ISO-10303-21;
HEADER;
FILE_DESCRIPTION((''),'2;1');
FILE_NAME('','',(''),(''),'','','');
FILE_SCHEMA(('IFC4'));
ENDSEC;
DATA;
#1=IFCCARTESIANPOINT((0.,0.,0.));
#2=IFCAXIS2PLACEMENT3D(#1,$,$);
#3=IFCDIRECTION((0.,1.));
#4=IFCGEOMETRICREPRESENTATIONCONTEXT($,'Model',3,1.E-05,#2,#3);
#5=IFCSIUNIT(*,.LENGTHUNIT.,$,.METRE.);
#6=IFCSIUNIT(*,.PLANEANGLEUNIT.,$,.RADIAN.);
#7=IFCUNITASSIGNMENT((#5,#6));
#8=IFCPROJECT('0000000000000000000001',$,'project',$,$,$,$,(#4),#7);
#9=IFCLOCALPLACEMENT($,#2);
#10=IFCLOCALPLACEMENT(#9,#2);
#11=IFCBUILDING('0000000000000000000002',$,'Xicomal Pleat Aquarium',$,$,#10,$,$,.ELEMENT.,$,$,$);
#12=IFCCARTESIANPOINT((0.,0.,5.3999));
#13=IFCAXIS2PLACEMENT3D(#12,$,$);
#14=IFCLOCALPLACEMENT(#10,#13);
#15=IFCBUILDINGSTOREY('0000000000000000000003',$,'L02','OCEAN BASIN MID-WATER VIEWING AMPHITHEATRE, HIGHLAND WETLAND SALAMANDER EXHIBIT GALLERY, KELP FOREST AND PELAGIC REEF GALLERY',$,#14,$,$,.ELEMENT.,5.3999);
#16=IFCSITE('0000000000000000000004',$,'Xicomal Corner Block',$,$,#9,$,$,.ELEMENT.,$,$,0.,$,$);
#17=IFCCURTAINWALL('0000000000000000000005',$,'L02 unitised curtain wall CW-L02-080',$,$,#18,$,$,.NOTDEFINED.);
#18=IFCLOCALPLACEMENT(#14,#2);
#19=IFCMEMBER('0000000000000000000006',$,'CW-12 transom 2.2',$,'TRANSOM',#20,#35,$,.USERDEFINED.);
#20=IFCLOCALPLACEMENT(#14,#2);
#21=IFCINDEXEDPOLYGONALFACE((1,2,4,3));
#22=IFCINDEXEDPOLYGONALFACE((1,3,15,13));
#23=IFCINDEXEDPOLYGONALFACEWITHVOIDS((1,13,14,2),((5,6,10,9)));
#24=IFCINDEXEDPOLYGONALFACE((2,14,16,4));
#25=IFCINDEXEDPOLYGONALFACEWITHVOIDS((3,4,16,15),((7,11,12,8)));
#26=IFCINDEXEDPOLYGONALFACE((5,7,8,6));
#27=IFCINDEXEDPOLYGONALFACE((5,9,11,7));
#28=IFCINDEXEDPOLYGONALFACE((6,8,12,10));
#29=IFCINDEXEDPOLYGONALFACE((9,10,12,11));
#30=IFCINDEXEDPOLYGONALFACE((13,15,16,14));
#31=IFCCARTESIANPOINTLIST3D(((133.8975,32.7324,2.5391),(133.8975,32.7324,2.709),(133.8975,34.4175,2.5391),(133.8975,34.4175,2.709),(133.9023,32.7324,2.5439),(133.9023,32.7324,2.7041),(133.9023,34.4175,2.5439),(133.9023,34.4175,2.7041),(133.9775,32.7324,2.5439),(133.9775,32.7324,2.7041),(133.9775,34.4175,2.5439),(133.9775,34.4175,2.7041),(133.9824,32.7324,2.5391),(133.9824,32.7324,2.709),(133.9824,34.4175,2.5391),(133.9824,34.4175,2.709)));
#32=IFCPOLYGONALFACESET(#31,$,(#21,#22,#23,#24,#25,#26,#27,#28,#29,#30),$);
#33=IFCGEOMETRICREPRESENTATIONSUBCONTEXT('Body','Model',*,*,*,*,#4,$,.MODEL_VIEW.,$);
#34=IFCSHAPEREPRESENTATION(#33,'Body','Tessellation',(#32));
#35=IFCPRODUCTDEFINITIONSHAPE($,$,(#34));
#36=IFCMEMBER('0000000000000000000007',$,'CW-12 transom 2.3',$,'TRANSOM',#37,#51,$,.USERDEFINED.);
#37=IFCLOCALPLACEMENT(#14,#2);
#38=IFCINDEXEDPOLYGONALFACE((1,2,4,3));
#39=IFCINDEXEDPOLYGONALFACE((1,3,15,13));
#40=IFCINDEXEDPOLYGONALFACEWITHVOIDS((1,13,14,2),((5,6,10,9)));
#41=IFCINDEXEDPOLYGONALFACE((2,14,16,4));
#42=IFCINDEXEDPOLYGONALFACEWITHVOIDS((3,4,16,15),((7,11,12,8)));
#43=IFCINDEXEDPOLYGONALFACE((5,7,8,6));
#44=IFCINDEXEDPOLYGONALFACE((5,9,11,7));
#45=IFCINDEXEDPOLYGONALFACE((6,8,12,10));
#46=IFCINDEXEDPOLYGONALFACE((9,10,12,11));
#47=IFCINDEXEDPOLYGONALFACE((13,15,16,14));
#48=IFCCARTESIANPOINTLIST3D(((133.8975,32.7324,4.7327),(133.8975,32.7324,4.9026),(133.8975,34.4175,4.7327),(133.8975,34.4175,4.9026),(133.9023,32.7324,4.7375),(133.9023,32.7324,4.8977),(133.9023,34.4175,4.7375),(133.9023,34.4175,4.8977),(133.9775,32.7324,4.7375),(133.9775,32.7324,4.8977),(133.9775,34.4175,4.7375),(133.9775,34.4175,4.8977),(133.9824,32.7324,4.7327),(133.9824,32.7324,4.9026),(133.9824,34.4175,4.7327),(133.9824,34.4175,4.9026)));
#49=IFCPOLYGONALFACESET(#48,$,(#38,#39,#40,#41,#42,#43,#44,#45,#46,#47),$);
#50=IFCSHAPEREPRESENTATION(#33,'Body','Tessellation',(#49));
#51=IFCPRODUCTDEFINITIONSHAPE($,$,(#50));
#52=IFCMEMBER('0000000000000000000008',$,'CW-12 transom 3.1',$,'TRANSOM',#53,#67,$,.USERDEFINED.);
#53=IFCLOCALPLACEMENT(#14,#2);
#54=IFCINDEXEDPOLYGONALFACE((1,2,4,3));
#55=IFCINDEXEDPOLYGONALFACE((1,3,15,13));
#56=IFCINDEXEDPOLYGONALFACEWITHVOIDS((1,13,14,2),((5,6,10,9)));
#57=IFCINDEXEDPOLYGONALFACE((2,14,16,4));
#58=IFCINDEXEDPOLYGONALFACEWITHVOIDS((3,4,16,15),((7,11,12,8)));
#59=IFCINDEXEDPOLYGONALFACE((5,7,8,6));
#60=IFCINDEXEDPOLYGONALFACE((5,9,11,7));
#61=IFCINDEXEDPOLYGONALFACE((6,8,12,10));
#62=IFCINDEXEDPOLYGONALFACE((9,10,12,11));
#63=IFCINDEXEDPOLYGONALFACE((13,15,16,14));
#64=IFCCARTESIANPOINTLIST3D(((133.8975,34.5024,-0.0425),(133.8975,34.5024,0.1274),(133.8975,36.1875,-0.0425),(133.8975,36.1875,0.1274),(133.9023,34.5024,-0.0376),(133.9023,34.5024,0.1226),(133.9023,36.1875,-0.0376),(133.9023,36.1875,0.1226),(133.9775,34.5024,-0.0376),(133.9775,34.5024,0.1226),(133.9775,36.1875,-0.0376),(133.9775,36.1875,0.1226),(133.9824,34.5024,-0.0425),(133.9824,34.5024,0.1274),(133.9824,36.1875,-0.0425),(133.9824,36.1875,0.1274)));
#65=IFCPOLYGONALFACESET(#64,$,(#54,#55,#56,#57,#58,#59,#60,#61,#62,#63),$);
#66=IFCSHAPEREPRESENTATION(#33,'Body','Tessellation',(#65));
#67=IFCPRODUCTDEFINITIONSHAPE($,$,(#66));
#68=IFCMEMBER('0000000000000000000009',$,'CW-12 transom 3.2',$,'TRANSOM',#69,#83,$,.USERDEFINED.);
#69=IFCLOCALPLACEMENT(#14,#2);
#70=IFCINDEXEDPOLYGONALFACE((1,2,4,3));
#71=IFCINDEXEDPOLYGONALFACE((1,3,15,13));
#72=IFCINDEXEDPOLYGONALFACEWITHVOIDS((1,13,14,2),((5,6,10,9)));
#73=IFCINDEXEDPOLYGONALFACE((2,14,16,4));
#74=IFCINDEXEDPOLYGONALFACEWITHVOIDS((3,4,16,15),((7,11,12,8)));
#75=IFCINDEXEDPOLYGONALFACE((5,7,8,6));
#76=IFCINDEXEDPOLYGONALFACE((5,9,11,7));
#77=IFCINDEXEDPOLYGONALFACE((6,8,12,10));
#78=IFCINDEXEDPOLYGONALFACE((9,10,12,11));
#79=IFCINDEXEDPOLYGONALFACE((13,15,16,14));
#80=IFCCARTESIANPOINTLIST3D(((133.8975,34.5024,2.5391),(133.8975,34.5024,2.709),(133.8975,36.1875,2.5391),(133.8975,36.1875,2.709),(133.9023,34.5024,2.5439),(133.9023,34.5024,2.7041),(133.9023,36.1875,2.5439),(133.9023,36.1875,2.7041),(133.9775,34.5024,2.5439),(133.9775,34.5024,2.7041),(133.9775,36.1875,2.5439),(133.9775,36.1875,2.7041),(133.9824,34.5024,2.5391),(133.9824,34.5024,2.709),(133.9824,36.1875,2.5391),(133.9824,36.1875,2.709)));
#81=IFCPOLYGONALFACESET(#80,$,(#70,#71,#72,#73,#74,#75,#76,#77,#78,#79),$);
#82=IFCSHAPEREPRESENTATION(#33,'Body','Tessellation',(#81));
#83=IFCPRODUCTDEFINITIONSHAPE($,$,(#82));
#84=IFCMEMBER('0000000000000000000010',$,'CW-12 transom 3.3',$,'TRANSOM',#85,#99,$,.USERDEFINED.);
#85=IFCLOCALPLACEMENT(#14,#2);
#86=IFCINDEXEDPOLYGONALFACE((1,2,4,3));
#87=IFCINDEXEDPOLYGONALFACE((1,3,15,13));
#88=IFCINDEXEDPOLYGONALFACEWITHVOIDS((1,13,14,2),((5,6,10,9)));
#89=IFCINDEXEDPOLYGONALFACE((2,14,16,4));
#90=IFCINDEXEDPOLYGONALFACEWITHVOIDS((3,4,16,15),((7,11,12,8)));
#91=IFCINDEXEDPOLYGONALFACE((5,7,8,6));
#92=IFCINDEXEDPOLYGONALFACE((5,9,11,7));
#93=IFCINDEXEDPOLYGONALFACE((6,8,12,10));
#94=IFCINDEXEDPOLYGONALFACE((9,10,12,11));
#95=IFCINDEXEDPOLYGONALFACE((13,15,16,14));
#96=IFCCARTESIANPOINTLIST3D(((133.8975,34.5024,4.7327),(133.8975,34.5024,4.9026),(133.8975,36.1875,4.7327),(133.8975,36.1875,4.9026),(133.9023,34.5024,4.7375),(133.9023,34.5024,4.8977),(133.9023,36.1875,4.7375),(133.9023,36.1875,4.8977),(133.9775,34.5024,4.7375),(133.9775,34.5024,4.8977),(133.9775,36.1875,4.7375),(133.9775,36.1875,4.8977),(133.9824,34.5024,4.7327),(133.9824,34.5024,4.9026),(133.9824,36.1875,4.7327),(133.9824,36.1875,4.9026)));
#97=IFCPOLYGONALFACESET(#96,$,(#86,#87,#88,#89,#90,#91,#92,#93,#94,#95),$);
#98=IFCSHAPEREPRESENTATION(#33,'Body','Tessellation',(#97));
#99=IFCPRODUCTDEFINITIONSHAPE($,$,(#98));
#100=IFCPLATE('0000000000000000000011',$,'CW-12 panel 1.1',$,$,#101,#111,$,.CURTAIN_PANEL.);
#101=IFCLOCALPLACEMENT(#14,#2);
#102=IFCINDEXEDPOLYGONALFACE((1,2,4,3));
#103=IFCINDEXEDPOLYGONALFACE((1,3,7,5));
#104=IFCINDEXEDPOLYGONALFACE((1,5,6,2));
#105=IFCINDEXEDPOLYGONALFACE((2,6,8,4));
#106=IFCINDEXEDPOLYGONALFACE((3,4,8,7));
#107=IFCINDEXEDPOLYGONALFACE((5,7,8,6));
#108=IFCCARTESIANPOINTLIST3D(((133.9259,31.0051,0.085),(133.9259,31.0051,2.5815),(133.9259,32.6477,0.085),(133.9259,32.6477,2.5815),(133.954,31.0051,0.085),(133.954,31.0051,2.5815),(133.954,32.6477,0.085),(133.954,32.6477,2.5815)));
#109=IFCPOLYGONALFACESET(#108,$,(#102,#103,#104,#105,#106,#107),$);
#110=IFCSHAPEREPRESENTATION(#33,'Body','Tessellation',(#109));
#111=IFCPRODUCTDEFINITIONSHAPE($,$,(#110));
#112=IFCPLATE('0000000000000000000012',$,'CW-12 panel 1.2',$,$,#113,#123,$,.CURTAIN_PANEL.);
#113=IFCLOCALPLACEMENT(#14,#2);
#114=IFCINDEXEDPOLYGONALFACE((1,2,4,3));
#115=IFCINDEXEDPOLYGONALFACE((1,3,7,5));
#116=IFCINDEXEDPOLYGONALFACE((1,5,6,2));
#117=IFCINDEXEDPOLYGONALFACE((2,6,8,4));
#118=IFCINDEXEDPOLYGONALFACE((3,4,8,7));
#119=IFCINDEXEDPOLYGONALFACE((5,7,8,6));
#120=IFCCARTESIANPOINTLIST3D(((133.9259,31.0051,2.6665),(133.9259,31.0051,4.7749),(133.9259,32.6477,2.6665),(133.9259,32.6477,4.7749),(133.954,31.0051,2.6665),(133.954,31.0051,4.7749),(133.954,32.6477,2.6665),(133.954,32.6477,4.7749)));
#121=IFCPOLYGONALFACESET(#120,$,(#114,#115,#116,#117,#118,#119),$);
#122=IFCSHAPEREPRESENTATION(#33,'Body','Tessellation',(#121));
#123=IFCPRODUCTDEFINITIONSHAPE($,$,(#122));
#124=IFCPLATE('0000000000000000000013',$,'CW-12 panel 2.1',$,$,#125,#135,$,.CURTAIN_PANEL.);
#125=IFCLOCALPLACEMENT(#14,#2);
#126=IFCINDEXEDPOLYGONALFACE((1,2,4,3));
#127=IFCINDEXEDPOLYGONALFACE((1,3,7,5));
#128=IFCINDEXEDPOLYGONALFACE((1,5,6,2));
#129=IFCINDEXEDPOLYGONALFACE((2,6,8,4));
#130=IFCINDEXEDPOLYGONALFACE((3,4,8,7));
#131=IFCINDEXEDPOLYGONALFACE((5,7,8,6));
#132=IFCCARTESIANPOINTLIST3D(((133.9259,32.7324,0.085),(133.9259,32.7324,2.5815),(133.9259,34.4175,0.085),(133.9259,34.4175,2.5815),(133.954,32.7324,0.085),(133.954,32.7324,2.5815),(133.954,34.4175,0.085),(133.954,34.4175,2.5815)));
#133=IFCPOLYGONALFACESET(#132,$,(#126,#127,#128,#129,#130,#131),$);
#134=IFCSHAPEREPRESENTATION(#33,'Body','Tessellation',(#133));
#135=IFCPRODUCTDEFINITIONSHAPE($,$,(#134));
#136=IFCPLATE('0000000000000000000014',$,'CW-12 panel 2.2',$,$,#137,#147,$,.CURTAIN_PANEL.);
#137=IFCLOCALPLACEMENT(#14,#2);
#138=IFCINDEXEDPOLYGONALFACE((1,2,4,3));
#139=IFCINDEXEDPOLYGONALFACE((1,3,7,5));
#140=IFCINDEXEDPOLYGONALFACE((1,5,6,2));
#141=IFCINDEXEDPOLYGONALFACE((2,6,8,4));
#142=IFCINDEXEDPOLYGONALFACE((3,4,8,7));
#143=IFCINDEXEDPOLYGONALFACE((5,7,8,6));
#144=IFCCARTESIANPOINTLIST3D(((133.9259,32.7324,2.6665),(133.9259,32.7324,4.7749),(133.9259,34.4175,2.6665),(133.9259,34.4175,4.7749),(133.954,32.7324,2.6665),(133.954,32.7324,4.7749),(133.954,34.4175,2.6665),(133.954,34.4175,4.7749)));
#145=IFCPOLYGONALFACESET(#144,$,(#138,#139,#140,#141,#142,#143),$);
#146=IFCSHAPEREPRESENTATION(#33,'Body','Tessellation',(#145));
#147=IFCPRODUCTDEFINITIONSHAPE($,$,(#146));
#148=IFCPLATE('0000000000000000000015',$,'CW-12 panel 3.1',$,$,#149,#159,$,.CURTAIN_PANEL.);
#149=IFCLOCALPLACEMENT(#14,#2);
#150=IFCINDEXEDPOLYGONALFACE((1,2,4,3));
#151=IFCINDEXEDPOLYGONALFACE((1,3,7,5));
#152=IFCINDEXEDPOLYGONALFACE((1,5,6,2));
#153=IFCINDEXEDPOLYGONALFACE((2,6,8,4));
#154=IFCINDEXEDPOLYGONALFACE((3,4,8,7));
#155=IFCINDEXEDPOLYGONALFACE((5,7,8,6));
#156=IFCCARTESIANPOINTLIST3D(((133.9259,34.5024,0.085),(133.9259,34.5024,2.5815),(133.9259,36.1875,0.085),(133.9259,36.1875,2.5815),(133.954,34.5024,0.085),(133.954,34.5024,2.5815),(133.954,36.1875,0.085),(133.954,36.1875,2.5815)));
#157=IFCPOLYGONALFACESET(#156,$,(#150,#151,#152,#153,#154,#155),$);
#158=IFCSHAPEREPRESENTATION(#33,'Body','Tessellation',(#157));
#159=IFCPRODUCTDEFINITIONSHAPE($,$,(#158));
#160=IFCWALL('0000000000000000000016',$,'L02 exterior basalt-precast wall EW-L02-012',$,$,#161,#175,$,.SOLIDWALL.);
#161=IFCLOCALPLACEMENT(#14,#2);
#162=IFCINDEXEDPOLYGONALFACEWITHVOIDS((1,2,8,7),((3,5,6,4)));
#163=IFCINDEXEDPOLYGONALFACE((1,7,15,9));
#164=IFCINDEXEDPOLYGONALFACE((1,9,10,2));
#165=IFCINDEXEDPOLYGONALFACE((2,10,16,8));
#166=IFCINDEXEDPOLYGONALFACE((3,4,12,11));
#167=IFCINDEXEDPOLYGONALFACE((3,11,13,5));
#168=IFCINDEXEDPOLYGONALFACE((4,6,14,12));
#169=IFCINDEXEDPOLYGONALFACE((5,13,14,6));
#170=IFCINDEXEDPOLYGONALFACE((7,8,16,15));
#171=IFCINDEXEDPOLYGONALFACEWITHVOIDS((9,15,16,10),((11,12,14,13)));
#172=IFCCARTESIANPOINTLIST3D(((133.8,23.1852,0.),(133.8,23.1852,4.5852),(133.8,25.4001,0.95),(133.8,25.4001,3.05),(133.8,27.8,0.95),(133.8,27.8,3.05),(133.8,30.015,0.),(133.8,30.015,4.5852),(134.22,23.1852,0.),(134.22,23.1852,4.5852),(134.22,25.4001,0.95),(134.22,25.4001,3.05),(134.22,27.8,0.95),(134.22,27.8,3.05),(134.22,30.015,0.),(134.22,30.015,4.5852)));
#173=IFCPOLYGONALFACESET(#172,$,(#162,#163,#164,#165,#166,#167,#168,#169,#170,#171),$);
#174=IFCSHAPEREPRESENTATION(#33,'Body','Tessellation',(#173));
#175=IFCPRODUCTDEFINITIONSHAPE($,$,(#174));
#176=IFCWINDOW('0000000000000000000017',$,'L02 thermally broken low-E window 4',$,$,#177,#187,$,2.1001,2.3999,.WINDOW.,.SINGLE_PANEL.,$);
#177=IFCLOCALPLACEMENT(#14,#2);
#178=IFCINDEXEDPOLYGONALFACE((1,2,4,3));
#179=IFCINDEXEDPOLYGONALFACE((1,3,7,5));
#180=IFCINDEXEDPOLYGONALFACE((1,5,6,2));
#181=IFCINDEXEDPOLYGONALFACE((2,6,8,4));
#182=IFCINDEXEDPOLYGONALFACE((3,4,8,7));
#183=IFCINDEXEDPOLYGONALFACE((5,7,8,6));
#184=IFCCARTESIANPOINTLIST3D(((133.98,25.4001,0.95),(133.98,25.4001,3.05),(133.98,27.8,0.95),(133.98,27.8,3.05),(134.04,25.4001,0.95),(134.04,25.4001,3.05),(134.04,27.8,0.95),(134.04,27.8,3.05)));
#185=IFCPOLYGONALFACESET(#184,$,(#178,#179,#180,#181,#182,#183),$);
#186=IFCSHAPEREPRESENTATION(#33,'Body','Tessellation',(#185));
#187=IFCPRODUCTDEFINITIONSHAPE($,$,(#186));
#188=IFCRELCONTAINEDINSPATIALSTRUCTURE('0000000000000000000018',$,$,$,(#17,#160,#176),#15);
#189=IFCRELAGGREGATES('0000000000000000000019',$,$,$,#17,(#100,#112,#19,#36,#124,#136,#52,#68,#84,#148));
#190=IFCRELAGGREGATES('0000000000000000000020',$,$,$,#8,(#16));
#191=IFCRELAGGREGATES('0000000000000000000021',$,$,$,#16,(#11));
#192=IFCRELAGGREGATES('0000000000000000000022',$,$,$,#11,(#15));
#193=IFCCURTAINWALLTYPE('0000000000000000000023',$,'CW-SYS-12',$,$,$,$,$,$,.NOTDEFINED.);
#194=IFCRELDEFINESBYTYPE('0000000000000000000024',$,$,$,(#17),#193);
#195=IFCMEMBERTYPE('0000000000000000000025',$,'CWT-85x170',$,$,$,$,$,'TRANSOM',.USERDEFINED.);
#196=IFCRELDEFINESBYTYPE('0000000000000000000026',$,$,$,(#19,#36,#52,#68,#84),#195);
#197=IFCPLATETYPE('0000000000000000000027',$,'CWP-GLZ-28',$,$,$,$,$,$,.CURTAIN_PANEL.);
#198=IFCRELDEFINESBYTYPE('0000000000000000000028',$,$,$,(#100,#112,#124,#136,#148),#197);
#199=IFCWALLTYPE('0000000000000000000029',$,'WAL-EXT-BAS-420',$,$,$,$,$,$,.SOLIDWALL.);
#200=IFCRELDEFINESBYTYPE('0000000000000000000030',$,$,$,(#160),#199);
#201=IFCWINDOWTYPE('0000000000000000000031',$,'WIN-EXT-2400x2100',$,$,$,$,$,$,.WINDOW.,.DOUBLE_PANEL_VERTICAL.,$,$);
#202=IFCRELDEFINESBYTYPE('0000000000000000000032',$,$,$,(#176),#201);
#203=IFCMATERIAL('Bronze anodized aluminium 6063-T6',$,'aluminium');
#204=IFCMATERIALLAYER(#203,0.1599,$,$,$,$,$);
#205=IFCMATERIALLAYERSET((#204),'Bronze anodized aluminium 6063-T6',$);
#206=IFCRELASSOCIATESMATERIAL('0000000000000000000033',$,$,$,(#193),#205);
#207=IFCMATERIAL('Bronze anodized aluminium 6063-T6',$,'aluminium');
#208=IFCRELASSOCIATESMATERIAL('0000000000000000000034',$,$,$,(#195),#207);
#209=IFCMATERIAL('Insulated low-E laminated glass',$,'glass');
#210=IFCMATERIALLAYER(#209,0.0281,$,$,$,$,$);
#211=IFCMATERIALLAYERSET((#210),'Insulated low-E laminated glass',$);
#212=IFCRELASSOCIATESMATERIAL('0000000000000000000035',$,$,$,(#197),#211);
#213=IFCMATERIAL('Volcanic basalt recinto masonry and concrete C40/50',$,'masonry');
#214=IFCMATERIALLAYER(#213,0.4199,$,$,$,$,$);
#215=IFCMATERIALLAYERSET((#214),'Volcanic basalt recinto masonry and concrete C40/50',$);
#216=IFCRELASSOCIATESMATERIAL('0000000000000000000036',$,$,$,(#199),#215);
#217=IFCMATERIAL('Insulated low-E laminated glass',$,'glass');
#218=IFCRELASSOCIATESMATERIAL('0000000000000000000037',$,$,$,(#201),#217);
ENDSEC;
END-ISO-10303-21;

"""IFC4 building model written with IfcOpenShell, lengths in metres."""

from ifc_helpers import new_model, si_unit, direction, frame, frame_2d, origin, origin_2d, place, context, subcontext, project, spatial, rectangle, hollow_rectangle, extrude, material, layer, layer_set, material_profile, profile_set, type_object, element, fill, aggregate, save


model = new_model("IFC4")

# Units and contexts
model_context = context("Model", 3, precision=1e-05, world=origin(), true_north=direction((0.0, 1.0)))
body_context = subcontext(model_context, "Body", "Model", "MODEL_VIEW")
ifc_project = project(units=[si_unit("LENGTHUNIT", "METRE"), si_unit("PLANEANGLEUNIT", "RADIAN")], contexts=[model_context])

# Site, building, storey
site_placement = place(None, origin())
site = spatial("IfcSite", under=ifc_project, at=site_placement, Name="Xicomal Corner Block", CompositionType="ELEMENT", RefElevation=0.0)
building_placement = place(site_placement, origin())
building = spatial("IfcBuilding", under=site, at=building_placement, Name="Xicomal Pleat Aquarium", CompositionType="ELEMENT")
storey_placement = place(building_placement, frame((0.0, 0.0, 5.3999)))
storey = spatial("IfcBuildingStorey", under=building, at=storey_placement, Name="L02", Description="OCEAN BASIN MID-WATER VIEWING AMPHITHEATRE, HIGHLAND WETLAND SALAMANDER EXHIBIT GALLERY, KELP FOREST AND PELAGIC REEF GALLERY", CompositionType="ELEMENT", Elevation=5.3999)

# Curtain wall, members, plates
ifc_material_1 = material(Name="Bronze anodized aluminium 6063-T6", Category="aluminium")
ifc_layer_1 = layer(ifc_material_1, 0.1599)
ifc_layer_set_1 = layer_set([ifc_layer_1], Name="Bronze anodized aluminium 6063-T6")
curtain_wall_type = type_object("IfcCurtainWallType", Name="CW-SYS-12", PredefinedType="NOTDEFINED", material=ifc_layer_set_1)
curtain_wall_placement = place(storey_placement, origin())
curtain_wall = element("IfcCurtainWall", 1, at=curtain_wall_placement, inside=storey, type_object=curtain_wall_type, Name="L02 unitised curtain wall CW-L02-080", PredefinedType="NOTDEFINED")
ifc_material_2 = material(Name="Bronze anodized aluminium 6063-T6", Category="aluminium")
ifc_material_profile_1 = material_profile(ifc_material_2, hollow_rectangle(XDim=0.085, YDim=0.1699, WallThickness=0.0049, at=origin_2d()), Name="ALU TRAN 85x170")
ifc_profile_set_1 = profile_set([ifc_material_profile_1], Name="Bronze anodized aluminium 6063-T6")
member_type_1 = type_object("IfcMemberType", Name="CWT-85x170", ElementType="TRANSOM", PredefinedType="USERDEFINED", material=ifc_profile_set_1)
member_1_placement = place(storey_placement, frame((133.9399, 32.7324, 2.624), z_axis=(0.0, 1.0, 0.0), x_axis=(-1.0, 0.0, 0.0)))
member_1 = element("IfcMember", 2, at=member_1_placement, type_object=member_type_1, Name="CW-12 transom 2.2", ObjectType="TRANSOM", PredefinedType="USERDEFINED", context=body_context, shape_type="SweptSolid", body=[
    extrude(hollow_rectangle(XDim=0.085, YDim=0.1699, WallThickness=0.0049, at=origin_2d()), origin(), (0.0, 0.0, 1.0), 1.6851),
])
member_2_placement = place(storey_placement, frame((133.9399, 32.7324, 4.8176), z_axis=(0.0, 1.0, 0.0), x_axis=(-1.0, 0.0, 0.0)))
member_2 = element("IfcMember", 3, at=member_2_placement, type_object=member_type_1, Name="CW-12 transom 2.3", ObjectType="TRANSOM", PredefinedType="USERDEFINED", context=body_context, shape_type="SweptSolid", body=[
    extrude(hollow_rectangle(XDim=0.085, YDim=0.1699, WallThickness=0.0049, at=origin_2d()), origin(), (0.0, 0.0, 1.0), 1.6851),
])
member_3_placement = place(storey_placement, frame((133.9399, 34.5024, 0.0425), z_axis=(0.0, 1.0, 0.0), x_axis=(-1.0, 0.0, 0.0)))
member_3 = element("IfcMember", 4, at=member_3_placement, type_object=member_type_1, Name="CW-12 transom 3.1", ObjectType="TRANSOM", PredefinedType="USERDEFINED", context=body_context, shape_type="SweptSolid", body=[
    extrude(hollow_rectangle(XDim=0.085, YDim=0.1699, WallThickness=0.0049, at=origin_2d()), origin(), (0.0, 0.0, 1.0), 1.6851),
])
member_4_placement = place(storey_placement, frame((133.9399, 34.5024, 2.624), z_axis=(0.0, 1.0, 0.0), x_axis=(-1.0, 0.0, 0.0)))
member_4 = element("IfcMember", 5, at=member_4_placement, type_object=member_type_1, Name="CW-12 transom 3.2", ObjectType="TRANSOM", PredefinedType="USERDEFINED", context=body_context, shape_type="SweptSolid", body=[
    extrude(hollow_rectangle(XDim=0.085, YDim=0.1699, WallThickness=0.0049, at=origin_2d()), origin(), (0.0, 0.0, 1.0), 1.6851),
])
member_5_placement = place(storey_placement, frame((133.9399, 34.5024, 4.8176), z_axis=(0.0, 1.0, 0.0), x_axis=(-1.0, 0.0, 0.0)))
member_5 = element("IfcMember", 6, at=member_5_placement, type_object=member_type_1, Name="CW-12 transom 3.3", ObjectType="TRANSOM", PredefinedType="USERDEFINED", context=body_context, shape_type="SweptSolid", body=[
    extrude(hollow_rectangle(XDim=0.085, YDim=0.1699, WallThickness=0.0049, at=origin_2d()), origin(), (0.0, 0.0, 1.0), 1.6851),
])
ifc_material_3 = material(Name="Insulated low-E laminated glass", Category="glass")
ifc_layer_2 = layer(ifc_material_3, 0.0281)
ifc_layer_set_2 = layer_set([ifc_layer_2], Name="Insulated low-E laminated glass")
plate_type = type_object("IfcPlateType", Name="CWP-GLZ-28", PredefinedType="CURTAIN_PANEL", material=ifc_layer_set_2)
plate_1_placement = place(storey_placement, frame((133.9399, 31.8264, 0.085), z_axis=(0.0, 0.0, 1.0), x_axis=(0.0, 1.0, 0.0)))
plate_1 = element("IfcPlate", 7, at=plate_1_placement, type_object=plate_type, Name="CW-12 panel 1.1", PredefinedType="CURTAIN_PANEL", context=body_context, shape_type="SweptSolid", body=[
    extrude(rectangle(XDim=1.6426, YDim=0.0281, at=origin_2d()), origin(), (0.0, 0.0, 1.0), 2.4966),
])
plate_2_placement = place(storey_placement, frame((133.9399, 31.8264, 2.6665), z_axis=(0.0, 0.0, 1.0), x_axis=(0.0, 1.0, 0.0)))
plate_2 = element("IfcPlate", 8, at=plate_2_placement, type_object=plate_type, Name="CW-12 panel 1.2", PredefinedType="CURTAIN_PANEL", context=body_context, shape_type="SweptSolid", body=[
    extrude(rectangle(XDim=1.6426, YDim=0.0281, at=origin_2d()), origin(), (0.0, 0.0, 1.0), 2.1084),
])
plate_3_placement = place(storey_placement, frame((133.9399, 33.575, 0.085), z_axis=(0.0, 0.0, 1.0), x_axis=(0.0, 1.0, 0.0)))
plate_3 = element("IfcPlate", 9, at=plate_3_placement, type_object=plate_type, Name="CW-12 panel 2.1", PredefinedType="CURTAIN_PANEL", context=body_context, shape_type="SweptSolid", body=[
    extrude(rectangle(XDim=1.6851, YDim=0.0281, at=origin_2d()), origin(), (0.0, 0.0, 1.0), 2.4966),
])
plate_4_placement = place(storey_placement, frame((133.9399, 33.575, 2.6665), z_axis=(0.0, 0.0, 1.0), x_axis=(0.0, 1.0, 0.0)))
plate_4 = element("IfcPlate", 10, at=plate_4_placement, type_object=plate_type, Name="CW-12 panel 2.2", PredefinedType="CURTAIN_PANEL", context=body_context, shape_type="SweptSolid", body=[
    extrude(rectangle(XDim=1.6851, YDim=0.0281, at=origin_2d()), origin(), (0.0, 0.0, 1.0), 2.1084),
])
plate_5_placement = place(storey_placement, frame((133.9399, 35.345, 0.085), z_axis=(0.0, 0.0, 1.0), x_axis=(0.0, 1.0, 0.0)))
plate_5 = element("IfcPlate", 11, at=plate_5_placement, type_object=plate_type, Name="CW-12 panel 3.1", PredefinedType="CURTAIN_PANEL", context=body_context, shape_type="SweptSolid", body=[
    extrude(rectangle(XDim=1.6851, YDim=0.0281, at=origin_2d()), origin(), (0.0, 0.0, 1.0), 2.4966),
])
aggregate(curtain_wall, [plate_1, plate_2, member_1, member_2, plate_3, plate_4, member_3, member_4, member_5, plate_5])

# Wall, opening, window
ifc_material_4 = material(Name="Volcanic basalt recinto masonry and concrete C40/50", Category="masonry")
ifc_layer_3 = layer(ifc_material_4, 0.4199)
ifc_layer_set_3 = layer_set([ifc_layer_3], Name="Volcanic basalt recinto masonry and concrete C40/50")
wall_type = type_object("IfcWallType", Name="WAL-EXT-BAS-420", PredefinedType="SOLIDWALL", material=ifc_layer_set_3)
wall_placement = place(storey_placement, frame((134.01, 23.1851, 0.0), z_axis=(0.0, 0.0, 1.0), x_axis=(0.0, 1.0, 0.0)))
wall = element("IfcWall", 12, at=wall_placement, inside=storey, type_object=wall_type, Name="L02 exterior basalt-precast wall EW-L02-012", PredefinedType="SOLIDWALL", context=body_context, shape_type="SweptSolid", body=[
    extrude(rectangle(XDim=6.8298, YDim=0.4199, at=frame_2d((3.415, 0.0))), origin(), (0.0, 0.0, 1.0), 4.5852),
])
opening_placement = place(wall_placement, frame((2.2151, 0.0, 0.95)))
opening = element("IfcOpeningElement", 13, at=opening_placement, cuts=wall, PredefinedType="OPENING", context=body_context, shape_type="SweptSolid", body=[
    extrude(rectangle(XDim=2.3999, YDim=2.1001, at=frame_2d((1.2, 1.05))), frame((0.0, 0.22, 0.0), z_axis=(0.0, -1.0, 0.0), x_axis=(1.0, 0.0, 0.0)), (0.0, 0.0, 1.0), 0.4399),
])
ifc_material_5 = material(Name="Insulated low-E laminated glass", Category="glass")
window_type = type_object("IfcWindowType", Name="WIN-EXT-2400x2100", PartitioningType="DOUBLE_PANEL_VERTICAL", PredefinedType="WINDOW", material=ifc_material_5)
window_placement = place(opening_placement, origin())
window = element("IfcWindow", 14, at=window_placement, inside=storey, type_object=window_type, Name="L02 thermally broken low-E window 4", OverallHeight=2.1001, OverallWidth=2.3999, PartitioningType="SINGLE_PANEL", PredefinedType="WINDOW", context=body_context, shape_type="SweptSolid", body=[
    extrude(rectangle(XDim=2.3999, YDim=2.1001, at=frame_2d((1.2, 1.05))), frame((0.0, 0.03, 0.0), z_axis=(0.0, -1.0, 0.0), x_axis=(1.0, 0.0, 0.0)), (0.0, 0.0, 1.0), 0.0601),
])
fill(opening, window)

save(model, "model.ifc")
